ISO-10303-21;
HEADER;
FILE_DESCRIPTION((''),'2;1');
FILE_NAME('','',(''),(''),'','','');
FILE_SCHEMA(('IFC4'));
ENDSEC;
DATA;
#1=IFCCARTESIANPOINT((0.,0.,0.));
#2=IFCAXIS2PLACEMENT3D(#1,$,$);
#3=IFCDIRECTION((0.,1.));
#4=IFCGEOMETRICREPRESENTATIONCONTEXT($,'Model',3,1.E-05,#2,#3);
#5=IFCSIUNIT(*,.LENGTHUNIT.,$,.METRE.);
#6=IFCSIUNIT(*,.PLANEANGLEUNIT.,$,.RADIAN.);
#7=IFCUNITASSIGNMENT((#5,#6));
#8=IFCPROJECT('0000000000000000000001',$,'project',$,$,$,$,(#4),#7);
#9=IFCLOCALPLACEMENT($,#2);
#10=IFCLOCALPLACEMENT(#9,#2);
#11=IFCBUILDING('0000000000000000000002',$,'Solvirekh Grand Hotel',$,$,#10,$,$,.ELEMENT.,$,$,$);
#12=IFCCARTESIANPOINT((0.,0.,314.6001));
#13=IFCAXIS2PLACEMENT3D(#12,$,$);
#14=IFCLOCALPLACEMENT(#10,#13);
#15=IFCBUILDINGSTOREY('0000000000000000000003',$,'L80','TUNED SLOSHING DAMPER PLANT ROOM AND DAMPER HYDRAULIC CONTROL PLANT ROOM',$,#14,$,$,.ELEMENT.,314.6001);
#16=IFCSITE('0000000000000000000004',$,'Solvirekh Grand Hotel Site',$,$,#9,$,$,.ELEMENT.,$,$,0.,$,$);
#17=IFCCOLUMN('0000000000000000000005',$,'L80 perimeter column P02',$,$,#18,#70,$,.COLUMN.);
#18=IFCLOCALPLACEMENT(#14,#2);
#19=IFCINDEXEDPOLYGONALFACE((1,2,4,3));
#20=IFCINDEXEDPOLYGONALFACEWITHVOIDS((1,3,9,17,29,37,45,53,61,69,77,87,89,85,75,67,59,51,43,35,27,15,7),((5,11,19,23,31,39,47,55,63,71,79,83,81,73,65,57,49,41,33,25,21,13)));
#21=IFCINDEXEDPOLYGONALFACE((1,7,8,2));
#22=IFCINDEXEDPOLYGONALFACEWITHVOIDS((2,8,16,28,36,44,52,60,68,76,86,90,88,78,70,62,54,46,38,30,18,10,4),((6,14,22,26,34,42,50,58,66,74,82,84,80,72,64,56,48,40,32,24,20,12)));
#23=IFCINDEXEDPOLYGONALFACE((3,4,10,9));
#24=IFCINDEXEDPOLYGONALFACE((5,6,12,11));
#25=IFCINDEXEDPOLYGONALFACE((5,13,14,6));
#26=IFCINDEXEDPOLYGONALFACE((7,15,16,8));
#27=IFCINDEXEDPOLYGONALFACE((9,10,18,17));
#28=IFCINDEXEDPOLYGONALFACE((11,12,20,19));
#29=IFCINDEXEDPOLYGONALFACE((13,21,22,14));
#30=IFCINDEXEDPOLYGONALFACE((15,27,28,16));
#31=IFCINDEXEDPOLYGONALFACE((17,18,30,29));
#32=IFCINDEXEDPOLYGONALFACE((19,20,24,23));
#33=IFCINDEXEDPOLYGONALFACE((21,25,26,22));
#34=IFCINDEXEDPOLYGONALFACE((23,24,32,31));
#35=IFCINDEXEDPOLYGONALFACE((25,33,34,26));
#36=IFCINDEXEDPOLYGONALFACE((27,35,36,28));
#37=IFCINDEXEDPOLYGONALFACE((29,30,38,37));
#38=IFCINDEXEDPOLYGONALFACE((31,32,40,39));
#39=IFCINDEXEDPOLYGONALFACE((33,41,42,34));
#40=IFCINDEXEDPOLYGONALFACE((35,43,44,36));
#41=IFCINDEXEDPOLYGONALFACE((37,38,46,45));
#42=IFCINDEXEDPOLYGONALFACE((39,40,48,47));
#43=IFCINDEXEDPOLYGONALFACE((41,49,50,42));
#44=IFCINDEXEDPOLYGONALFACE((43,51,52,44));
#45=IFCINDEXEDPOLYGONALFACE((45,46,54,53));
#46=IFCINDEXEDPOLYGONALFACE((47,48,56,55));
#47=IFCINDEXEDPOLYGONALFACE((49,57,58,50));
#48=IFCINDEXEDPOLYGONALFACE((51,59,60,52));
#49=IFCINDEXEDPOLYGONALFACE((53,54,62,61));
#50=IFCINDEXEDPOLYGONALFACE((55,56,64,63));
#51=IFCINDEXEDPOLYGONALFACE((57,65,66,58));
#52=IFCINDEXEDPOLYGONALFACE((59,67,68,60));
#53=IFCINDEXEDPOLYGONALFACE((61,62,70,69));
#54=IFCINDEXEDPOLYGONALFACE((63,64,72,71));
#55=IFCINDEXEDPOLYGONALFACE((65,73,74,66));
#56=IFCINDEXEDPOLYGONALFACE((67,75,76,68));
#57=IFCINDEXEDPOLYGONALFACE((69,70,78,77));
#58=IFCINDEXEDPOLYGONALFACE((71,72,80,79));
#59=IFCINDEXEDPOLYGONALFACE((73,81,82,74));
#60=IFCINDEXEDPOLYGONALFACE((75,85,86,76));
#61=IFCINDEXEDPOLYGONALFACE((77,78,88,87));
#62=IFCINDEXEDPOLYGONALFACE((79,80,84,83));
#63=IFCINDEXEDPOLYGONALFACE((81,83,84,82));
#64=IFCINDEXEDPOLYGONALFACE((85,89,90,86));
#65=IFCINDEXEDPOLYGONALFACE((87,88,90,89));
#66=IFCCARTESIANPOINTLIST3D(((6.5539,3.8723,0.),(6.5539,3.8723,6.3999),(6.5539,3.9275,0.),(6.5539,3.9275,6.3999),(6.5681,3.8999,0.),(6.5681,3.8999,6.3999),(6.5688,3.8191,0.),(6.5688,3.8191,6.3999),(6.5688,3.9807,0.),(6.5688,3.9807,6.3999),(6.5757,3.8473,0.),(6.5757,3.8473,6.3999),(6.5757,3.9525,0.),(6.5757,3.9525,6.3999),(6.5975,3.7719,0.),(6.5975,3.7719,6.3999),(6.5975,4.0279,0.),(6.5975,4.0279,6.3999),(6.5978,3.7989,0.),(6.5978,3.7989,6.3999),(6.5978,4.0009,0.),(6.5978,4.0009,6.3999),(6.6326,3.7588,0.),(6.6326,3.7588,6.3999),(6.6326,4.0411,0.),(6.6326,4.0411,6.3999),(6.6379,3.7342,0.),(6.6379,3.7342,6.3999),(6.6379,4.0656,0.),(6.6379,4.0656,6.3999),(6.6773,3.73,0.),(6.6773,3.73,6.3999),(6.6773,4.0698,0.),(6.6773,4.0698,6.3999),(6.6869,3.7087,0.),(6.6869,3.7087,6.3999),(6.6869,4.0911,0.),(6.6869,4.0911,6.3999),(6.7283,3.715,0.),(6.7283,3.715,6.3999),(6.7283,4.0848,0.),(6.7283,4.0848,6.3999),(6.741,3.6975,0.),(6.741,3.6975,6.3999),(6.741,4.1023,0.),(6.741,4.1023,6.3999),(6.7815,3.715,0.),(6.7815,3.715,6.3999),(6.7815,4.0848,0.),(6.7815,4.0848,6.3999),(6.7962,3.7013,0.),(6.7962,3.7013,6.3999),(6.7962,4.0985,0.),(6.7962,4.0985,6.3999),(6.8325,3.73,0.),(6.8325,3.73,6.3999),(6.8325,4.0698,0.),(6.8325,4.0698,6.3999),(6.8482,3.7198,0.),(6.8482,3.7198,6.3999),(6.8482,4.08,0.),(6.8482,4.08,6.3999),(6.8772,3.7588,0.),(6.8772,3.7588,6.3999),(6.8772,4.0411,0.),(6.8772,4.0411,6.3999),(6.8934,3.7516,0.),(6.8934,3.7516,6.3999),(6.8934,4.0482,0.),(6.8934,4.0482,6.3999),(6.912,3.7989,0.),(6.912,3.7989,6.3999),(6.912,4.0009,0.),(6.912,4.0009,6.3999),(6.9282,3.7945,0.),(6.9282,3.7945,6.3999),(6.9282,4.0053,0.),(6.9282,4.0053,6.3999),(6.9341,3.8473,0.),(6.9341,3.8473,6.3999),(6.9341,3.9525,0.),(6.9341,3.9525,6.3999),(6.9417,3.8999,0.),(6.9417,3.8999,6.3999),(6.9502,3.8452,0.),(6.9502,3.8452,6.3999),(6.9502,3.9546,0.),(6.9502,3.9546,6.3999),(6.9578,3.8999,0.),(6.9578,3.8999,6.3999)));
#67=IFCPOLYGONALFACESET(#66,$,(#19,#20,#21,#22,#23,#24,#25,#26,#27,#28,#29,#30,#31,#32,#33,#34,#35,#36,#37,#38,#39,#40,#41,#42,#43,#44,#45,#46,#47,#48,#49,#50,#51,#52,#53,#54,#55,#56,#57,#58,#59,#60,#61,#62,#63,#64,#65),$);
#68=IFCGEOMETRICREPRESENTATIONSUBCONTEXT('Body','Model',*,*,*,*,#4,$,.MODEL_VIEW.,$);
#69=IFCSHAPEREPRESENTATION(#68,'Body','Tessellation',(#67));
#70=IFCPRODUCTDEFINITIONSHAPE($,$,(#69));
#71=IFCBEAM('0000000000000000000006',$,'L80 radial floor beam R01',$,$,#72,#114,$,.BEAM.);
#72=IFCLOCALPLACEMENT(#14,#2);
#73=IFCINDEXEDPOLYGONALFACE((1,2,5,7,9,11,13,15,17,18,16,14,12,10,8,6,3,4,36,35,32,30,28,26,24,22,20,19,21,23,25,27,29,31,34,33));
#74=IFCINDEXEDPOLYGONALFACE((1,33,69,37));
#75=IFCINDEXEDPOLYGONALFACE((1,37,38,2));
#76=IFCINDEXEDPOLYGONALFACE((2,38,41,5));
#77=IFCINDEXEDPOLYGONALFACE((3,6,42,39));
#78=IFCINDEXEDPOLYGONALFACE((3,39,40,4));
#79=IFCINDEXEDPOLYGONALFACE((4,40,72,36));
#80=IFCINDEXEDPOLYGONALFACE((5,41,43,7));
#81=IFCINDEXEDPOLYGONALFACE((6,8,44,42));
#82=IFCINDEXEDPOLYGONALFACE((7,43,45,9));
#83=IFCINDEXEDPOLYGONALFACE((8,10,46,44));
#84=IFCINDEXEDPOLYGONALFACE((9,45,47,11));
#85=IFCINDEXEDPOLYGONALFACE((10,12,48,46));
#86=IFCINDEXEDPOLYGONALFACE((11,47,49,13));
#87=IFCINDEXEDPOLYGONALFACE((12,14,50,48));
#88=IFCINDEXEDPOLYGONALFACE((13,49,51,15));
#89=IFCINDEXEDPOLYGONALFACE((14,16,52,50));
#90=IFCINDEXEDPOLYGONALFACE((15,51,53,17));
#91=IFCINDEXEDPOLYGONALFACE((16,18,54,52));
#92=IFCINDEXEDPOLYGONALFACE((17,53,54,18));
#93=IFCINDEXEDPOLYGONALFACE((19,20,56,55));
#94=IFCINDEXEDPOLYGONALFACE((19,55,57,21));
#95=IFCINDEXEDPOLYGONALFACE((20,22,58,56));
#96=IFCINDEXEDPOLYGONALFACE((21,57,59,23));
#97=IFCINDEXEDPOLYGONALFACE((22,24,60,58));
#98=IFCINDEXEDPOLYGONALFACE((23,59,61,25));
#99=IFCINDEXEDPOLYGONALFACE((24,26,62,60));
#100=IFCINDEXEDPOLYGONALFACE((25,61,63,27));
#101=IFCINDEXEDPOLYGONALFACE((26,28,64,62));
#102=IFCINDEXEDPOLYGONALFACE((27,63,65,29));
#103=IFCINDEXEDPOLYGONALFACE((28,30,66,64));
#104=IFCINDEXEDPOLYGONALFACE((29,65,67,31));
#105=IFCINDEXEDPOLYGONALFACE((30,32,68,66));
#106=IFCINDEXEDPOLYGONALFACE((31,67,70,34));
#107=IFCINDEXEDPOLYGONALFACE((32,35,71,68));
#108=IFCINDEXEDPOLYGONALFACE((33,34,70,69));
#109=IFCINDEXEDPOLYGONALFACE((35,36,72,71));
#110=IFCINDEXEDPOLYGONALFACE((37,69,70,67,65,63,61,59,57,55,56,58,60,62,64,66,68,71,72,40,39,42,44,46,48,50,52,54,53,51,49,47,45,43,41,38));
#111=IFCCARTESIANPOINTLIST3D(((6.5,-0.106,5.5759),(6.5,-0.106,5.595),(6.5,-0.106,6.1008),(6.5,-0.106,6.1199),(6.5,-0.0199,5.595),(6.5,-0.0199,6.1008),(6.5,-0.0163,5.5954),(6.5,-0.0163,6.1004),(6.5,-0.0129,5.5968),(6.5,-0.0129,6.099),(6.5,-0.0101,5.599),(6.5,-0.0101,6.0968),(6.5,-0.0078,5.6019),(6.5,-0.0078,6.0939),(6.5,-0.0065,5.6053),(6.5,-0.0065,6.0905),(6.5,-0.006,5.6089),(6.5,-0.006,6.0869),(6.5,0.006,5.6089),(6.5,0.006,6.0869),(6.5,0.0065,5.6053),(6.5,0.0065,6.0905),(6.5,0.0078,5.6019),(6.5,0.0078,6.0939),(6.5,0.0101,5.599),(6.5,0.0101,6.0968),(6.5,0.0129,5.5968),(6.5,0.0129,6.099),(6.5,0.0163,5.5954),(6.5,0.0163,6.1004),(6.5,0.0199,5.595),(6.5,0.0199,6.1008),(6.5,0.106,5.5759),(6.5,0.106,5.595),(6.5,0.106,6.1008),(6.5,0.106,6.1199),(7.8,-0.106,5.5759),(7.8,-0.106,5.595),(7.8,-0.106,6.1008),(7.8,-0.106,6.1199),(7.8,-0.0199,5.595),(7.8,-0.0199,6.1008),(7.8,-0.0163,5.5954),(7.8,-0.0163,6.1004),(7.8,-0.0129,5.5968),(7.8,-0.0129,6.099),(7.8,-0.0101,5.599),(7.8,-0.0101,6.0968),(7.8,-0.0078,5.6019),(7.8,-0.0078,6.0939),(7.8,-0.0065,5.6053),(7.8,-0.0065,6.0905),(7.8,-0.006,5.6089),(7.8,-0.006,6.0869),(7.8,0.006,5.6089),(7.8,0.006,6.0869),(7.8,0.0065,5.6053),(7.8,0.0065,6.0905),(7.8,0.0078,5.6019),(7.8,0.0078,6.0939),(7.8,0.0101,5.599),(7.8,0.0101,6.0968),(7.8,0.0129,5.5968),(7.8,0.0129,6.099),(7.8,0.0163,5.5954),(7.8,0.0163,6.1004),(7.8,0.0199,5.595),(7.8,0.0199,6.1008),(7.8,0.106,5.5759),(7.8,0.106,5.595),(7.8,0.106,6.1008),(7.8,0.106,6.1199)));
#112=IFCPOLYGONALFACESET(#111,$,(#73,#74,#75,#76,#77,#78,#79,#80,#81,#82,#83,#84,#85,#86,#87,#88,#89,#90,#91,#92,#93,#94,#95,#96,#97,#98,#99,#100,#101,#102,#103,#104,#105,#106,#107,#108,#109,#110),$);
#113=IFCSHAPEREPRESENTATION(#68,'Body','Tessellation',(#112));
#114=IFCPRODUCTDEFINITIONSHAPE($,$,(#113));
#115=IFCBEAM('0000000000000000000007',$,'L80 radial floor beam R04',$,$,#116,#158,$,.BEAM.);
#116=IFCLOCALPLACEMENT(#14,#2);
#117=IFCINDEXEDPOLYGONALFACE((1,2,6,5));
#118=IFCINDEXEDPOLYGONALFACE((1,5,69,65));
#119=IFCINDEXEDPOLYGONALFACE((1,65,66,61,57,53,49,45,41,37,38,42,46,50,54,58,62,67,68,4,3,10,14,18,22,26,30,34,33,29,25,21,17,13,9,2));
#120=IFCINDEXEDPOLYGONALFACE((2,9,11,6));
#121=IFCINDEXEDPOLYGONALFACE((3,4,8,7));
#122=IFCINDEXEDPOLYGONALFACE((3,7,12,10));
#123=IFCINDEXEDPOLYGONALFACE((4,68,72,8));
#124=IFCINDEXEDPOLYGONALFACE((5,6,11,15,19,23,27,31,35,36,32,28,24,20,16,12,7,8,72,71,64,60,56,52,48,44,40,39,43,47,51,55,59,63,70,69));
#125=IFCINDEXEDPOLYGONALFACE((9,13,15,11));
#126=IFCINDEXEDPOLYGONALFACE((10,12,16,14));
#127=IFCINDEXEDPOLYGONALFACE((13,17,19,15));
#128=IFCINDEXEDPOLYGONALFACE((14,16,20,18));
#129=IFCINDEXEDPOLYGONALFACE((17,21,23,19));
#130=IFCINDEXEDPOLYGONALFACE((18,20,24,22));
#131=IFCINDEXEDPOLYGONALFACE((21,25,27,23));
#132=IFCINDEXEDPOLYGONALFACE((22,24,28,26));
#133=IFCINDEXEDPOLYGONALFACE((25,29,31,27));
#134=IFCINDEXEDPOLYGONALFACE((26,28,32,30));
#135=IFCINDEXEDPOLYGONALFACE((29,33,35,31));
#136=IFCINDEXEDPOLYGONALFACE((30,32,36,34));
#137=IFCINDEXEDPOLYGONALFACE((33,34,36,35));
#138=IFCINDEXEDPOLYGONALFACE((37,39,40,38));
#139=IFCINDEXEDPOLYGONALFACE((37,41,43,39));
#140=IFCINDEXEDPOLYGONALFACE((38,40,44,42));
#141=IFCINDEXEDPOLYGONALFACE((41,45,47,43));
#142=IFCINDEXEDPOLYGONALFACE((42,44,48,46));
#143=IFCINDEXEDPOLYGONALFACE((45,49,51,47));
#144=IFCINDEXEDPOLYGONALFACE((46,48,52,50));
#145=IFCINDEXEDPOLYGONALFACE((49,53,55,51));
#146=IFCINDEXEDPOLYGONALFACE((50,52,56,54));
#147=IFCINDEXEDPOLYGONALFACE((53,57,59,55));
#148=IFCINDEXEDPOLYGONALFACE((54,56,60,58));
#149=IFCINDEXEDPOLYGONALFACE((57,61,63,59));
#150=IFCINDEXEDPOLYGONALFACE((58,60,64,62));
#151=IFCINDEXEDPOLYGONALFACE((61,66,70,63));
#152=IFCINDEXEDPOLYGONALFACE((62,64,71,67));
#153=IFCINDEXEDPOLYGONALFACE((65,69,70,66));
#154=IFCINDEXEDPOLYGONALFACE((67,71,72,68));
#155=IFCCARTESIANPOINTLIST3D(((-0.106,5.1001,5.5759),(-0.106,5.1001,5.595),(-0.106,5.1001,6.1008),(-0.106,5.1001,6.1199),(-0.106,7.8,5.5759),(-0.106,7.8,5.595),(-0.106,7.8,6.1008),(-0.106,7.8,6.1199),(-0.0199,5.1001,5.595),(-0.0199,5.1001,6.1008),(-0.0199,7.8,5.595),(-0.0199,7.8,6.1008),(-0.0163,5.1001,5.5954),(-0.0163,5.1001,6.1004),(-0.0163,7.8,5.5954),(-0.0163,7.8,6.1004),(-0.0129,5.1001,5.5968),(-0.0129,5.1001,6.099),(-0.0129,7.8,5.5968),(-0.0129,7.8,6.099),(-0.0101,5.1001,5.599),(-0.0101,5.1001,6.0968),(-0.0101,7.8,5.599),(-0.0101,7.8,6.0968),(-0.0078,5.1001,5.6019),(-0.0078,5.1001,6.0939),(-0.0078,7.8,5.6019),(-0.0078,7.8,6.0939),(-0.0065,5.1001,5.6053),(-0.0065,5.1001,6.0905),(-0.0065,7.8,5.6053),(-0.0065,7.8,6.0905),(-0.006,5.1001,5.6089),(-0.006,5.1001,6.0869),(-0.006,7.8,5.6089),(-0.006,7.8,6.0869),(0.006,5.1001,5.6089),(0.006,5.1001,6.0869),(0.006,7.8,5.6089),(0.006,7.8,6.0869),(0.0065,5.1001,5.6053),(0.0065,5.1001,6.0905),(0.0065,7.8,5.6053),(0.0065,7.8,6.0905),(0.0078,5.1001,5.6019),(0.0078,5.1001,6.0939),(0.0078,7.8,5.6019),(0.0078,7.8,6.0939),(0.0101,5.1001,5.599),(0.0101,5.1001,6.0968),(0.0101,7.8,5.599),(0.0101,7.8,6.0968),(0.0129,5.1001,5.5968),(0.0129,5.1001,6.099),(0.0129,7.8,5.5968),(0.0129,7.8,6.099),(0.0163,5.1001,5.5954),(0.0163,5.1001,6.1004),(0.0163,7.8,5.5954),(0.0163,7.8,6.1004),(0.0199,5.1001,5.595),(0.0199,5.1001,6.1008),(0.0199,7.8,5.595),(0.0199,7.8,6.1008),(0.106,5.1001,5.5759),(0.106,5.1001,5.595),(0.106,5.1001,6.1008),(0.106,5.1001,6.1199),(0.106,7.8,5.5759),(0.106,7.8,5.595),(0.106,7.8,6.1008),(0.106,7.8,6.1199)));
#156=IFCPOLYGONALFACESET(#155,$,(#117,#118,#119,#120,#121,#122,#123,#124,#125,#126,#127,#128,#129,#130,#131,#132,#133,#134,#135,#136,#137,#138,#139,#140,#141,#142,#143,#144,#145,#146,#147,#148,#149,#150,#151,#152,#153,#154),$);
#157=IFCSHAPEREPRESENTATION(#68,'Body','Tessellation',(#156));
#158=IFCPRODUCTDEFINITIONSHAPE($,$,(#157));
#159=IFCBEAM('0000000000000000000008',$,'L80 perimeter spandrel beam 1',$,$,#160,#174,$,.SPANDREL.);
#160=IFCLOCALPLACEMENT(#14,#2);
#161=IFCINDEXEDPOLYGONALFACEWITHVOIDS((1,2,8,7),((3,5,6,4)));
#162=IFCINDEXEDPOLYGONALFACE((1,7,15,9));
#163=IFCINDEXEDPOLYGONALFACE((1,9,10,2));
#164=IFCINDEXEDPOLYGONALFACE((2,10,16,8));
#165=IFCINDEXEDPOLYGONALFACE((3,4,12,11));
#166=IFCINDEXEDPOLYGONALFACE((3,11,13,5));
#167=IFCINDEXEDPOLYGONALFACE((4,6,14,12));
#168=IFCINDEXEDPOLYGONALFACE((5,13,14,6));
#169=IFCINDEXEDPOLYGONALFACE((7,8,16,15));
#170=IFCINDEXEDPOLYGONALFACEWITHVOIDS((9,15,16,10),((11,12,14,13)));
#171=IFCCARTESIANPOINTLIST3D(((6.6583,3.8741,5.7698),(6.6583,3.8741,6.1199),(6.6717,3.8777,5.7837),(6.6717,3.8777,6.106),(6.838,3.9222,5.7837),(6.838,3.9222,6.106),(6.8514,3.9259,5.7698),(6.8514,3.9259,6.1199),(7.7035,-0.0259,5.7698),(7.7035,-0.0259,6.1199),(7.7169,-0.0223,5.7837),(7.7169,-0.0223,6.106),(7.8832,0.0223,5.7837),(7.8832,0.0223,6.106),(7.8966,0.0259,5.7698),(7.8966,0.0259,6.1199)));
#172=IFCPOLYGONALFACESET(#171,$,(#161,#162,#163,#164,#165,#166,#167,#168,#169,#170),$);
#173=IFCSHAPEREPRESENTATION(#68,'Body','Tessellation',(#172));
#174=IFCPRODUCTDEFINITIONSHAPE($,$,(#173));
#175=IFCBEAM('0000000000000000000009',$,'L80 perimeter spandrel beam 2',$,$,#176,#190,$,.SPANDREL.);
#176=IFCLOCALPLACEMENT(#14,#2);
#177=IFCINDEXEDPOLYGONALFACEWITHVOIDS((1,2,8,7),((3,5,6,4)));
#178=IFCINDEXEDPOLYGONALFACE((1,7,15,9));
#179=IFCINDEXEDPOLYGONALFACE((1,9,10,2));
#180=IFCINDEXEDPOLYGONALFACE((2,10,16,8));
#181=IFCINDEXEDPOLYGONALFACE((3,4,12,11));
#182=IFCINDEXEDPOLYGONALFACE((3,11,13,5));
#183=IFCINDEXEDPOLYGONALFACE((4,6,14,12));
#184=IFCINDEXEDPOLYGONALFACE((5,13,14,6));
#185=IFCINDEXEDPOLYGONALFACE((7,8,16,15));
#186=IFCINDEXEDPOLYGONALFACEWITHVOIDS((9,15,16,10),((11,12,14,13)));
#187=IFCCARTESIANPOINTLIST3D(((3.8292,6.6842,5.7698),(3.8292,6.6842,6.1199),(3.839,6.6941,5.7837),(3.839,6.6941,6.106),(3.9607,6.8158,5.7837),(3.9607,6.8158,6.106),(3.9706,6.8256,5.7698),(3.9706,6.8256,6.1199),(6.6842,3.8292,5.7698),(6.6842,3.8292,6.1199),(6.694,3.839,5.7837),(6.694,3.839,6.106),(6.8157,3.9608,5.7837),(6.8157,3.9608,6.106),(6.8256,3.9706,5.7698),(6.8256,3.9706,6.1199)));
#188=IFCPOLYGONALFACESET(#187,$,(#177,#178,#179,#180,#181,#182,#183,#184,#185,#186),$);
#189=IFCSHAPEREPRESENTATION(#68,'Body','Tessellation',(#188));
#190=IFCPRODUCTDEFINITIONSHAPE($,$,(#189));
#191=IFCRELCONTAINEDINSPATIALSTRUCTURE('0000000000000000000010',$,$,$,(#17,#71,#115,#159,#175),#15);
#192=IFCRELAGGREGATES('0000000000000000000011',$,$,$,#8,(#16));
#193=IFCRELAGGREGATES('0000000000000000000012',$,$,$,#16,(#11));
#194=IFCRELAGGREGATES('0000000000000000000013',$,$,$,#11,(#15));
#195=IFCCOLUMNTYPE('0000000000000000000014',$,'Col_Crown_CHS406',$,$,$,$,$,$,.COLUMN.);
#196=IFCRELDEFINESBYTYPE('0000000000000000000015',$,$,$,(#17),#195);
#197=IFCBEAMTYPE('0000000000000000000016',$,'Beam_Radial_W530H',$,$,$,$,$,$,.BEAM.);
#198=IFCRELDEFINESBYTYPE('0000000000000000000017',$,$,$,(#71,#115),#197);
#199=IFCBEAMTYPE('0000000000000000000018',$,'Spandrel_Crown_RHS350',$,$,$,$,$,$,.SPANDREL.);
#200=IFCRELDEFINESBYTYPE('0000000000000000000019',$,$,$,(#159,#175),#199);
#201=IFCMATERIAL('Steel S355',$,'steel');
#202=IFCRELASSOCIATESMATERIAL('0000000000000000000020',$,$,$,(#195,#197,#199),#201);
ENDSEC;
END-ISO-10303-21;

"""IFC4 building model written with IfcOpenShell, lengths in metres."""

from ifc_helpers import new_model, si_unit, direction, frame, origin, origin_2d, place, context, subcontext, project, spatial, hollow_rectangle, hollow_circle, i_section, extrude, material, material_profile, profile_set, type_object, element, save


model = new_model("IFC4")

# Units and contexts
model_context = context("Model", 3, precision=1e-05, world=origin(), true_north=direction((0.0, 1.0)))
body_context = subcontext(model_context, "Body", "Model", "MODEL_VIEW")
ifc_project = project(units=[si_unit("LENGTHUNIT", "METRE"), si_unit("PLANEANGLEUNIT", "RADIAN")], contexts=[model_context])

# Site, building, storey
site_placement = place(None, origin())
site = spatial("IfcSite", under=ifc_project, at=site_placement, Name="Solvirekh Grand Hotel Site", CompositionType="ELEMENT", RefElevation=0.0)
building_placement = place(site_placement, origin())
building = spatial("IfcBuilding", under=site, at=building_placement, Name="Solvirekh Grand Hotel", CompositionType="ELEMENT")
storey_placement = place(building_placement, frame((0.0, 0.0, 314.6001)))
storey = spatial("IfcBuildingStorey", under=building, at=storey_placement, Name="L80", Description="TUNED SLOSHING DAMPER PLANT ROOM AND DAMPER HYDRAULIC CONTROL PLANT ROOM", CompositionType="ELEMENT", Elevation=314.6001)

# Column
ifc_material_1 = material(Name="Steel S355", Category="steel")
ifc_material_profile_1 = material_profile(ifc_material_1, hollow_circle(Radius=0.2029, WallThickness=0.0161, at=origin_2d()), Name="CHS 406X16")
ifc_profile_set_1 = profile_set([ifc_material_profile_1], Name="Steel S355")
column_type = type_object("IfcColumnType", Name="Col_Crown_CHS406", PredefinedType="COLUMN", material=ifc_profile_set_1)
column_placement = place(storey_placement, frame((6.7549, 3.8999, 0.0), z_axis=(0.0, 0.0, 1.0), x_axis=(1.0, 0.0, 0.0)))
element("IfcColumn", 1, at=column_placement, inside=storey, type_object=column_type, Name="L80 perimeter column P02", PredefinedType="COLUMN", context=body_context, shape_type="SweptSolid", body=[
    extrude(hollow_circle(Radius=0.2029, WallThickness=0.0161, at=origin_2d()), origin(), (0.0, 0.0, 1.0), 6.3999),
])

# Beams
ifc_material_profile_2 = material_profile(ifc_material_1, i_section(OverallWidth=0.2119, OverallDepth=0.5439, WebThickness=0.012, FlangeThickness=0.019, FilletRadius=0.0139, at=origin_2d()), Name="W530X123")
ifc_profile_set_2 = profile_set([ifc_material_profile_2], Name="Steel S355")
beam_type_1 = type_object("IfcBeamType", Name="Beam_Radial_W530H", PredefinedType="BEAM", material=ifc_profile_set_2)
beam_1_placement = place(storey_placement, frame((6.5, 0.0, 5.8479), z_axis=(1.0, 0.0, 0.0), x_axis=(0.0, 1.0, 0.0)))
element("IfcBeam", 2, at=beam_1_placement, inside=storey, type_object=beam_type_1, Name="L80 radial floor beam R01", PredefinedType="BEAM", context=body_context, shape_type="SweptSolid", body=[
    extrude(i_section(OverallWidth=0.2119, OverallDepth=0.5439, WebThickness=0.012, FlangeThickness=0.019, FilletRadius=0.0139, at=origin_2d()), origin(), (0.0, 0.0, 1.0), 1.3),
])
beam_2_placement = place(storey_placement, frame((0.0, 5.1001, 5.8479), z_axis=(0.0, 1.0, 0.0), x_axis=(-1.0, 0.0, 0.0)))
element("IfcBeam", 3, at=beam_2_placement, inside=storey, type_object=beam_type_1, Name="L80 radial floor beam R04", PredefinedType="BEAM", context=body_context, shape_type="SweptSolid", body=[
    extrude(i_section(OverallWidth=0.2119, OverallDepth=0.5439, WebThickness=0.012, FlangeThickness=0.019, FilletRadius=0.0139, at=origin_2d()), origin(), (0.0, 0.0, 1.0), 2.7),
])
ifc_material_profile_3 = material_profile(ifc_material_1, hollow_rectangle(XDim=0.2, YDim=0.3501, WallThickness=0.0139, at=origin_2d()), Name="RHS 350X200X14")
ifc_profile_set_3 = profile_set([ifc_material_profile_3], Name="Steel S355")
beam_type_2 = type_object("IfcBeamType", Name="Spandrel_Crown_RHS350", PredefinedType="SPANDREL", material=ifc_profile_set_3)
for number, where, z_axis, x_axis, name in (
    (4, (7.8, 0.0, 5.9448), (-0.258863, 0.965914, 0.0), (-0.965914, -0.258863, 0.0), "L80 perimeter spandrel beam 1"),
    (5, (6.7549, 3.8999, 5.9448), (-0.707107, 0.707107, 0.0), (-0.707107, -0.707107, 0.0), "L80 perimeter spandrel beam 2"),
):
    element("IfcBeam", number, at=place(storey_placement, frame(where, z_axis=z_axis, x_axis=x_axis)), inside=storey, type_object=beam_type_2, Name=name, PredefinedType="SPANDREL", context=body_context, shape_type="SweptSolid", body=[
        extrude(hollow_rectangle(XDim=0.2, YDim=0.3501, WallThickness=0.0139, at=origin_2d()), origin(), (0.0, 0.0, 1.0), 4.0376),
    ])

save(model, "model.ifc")
